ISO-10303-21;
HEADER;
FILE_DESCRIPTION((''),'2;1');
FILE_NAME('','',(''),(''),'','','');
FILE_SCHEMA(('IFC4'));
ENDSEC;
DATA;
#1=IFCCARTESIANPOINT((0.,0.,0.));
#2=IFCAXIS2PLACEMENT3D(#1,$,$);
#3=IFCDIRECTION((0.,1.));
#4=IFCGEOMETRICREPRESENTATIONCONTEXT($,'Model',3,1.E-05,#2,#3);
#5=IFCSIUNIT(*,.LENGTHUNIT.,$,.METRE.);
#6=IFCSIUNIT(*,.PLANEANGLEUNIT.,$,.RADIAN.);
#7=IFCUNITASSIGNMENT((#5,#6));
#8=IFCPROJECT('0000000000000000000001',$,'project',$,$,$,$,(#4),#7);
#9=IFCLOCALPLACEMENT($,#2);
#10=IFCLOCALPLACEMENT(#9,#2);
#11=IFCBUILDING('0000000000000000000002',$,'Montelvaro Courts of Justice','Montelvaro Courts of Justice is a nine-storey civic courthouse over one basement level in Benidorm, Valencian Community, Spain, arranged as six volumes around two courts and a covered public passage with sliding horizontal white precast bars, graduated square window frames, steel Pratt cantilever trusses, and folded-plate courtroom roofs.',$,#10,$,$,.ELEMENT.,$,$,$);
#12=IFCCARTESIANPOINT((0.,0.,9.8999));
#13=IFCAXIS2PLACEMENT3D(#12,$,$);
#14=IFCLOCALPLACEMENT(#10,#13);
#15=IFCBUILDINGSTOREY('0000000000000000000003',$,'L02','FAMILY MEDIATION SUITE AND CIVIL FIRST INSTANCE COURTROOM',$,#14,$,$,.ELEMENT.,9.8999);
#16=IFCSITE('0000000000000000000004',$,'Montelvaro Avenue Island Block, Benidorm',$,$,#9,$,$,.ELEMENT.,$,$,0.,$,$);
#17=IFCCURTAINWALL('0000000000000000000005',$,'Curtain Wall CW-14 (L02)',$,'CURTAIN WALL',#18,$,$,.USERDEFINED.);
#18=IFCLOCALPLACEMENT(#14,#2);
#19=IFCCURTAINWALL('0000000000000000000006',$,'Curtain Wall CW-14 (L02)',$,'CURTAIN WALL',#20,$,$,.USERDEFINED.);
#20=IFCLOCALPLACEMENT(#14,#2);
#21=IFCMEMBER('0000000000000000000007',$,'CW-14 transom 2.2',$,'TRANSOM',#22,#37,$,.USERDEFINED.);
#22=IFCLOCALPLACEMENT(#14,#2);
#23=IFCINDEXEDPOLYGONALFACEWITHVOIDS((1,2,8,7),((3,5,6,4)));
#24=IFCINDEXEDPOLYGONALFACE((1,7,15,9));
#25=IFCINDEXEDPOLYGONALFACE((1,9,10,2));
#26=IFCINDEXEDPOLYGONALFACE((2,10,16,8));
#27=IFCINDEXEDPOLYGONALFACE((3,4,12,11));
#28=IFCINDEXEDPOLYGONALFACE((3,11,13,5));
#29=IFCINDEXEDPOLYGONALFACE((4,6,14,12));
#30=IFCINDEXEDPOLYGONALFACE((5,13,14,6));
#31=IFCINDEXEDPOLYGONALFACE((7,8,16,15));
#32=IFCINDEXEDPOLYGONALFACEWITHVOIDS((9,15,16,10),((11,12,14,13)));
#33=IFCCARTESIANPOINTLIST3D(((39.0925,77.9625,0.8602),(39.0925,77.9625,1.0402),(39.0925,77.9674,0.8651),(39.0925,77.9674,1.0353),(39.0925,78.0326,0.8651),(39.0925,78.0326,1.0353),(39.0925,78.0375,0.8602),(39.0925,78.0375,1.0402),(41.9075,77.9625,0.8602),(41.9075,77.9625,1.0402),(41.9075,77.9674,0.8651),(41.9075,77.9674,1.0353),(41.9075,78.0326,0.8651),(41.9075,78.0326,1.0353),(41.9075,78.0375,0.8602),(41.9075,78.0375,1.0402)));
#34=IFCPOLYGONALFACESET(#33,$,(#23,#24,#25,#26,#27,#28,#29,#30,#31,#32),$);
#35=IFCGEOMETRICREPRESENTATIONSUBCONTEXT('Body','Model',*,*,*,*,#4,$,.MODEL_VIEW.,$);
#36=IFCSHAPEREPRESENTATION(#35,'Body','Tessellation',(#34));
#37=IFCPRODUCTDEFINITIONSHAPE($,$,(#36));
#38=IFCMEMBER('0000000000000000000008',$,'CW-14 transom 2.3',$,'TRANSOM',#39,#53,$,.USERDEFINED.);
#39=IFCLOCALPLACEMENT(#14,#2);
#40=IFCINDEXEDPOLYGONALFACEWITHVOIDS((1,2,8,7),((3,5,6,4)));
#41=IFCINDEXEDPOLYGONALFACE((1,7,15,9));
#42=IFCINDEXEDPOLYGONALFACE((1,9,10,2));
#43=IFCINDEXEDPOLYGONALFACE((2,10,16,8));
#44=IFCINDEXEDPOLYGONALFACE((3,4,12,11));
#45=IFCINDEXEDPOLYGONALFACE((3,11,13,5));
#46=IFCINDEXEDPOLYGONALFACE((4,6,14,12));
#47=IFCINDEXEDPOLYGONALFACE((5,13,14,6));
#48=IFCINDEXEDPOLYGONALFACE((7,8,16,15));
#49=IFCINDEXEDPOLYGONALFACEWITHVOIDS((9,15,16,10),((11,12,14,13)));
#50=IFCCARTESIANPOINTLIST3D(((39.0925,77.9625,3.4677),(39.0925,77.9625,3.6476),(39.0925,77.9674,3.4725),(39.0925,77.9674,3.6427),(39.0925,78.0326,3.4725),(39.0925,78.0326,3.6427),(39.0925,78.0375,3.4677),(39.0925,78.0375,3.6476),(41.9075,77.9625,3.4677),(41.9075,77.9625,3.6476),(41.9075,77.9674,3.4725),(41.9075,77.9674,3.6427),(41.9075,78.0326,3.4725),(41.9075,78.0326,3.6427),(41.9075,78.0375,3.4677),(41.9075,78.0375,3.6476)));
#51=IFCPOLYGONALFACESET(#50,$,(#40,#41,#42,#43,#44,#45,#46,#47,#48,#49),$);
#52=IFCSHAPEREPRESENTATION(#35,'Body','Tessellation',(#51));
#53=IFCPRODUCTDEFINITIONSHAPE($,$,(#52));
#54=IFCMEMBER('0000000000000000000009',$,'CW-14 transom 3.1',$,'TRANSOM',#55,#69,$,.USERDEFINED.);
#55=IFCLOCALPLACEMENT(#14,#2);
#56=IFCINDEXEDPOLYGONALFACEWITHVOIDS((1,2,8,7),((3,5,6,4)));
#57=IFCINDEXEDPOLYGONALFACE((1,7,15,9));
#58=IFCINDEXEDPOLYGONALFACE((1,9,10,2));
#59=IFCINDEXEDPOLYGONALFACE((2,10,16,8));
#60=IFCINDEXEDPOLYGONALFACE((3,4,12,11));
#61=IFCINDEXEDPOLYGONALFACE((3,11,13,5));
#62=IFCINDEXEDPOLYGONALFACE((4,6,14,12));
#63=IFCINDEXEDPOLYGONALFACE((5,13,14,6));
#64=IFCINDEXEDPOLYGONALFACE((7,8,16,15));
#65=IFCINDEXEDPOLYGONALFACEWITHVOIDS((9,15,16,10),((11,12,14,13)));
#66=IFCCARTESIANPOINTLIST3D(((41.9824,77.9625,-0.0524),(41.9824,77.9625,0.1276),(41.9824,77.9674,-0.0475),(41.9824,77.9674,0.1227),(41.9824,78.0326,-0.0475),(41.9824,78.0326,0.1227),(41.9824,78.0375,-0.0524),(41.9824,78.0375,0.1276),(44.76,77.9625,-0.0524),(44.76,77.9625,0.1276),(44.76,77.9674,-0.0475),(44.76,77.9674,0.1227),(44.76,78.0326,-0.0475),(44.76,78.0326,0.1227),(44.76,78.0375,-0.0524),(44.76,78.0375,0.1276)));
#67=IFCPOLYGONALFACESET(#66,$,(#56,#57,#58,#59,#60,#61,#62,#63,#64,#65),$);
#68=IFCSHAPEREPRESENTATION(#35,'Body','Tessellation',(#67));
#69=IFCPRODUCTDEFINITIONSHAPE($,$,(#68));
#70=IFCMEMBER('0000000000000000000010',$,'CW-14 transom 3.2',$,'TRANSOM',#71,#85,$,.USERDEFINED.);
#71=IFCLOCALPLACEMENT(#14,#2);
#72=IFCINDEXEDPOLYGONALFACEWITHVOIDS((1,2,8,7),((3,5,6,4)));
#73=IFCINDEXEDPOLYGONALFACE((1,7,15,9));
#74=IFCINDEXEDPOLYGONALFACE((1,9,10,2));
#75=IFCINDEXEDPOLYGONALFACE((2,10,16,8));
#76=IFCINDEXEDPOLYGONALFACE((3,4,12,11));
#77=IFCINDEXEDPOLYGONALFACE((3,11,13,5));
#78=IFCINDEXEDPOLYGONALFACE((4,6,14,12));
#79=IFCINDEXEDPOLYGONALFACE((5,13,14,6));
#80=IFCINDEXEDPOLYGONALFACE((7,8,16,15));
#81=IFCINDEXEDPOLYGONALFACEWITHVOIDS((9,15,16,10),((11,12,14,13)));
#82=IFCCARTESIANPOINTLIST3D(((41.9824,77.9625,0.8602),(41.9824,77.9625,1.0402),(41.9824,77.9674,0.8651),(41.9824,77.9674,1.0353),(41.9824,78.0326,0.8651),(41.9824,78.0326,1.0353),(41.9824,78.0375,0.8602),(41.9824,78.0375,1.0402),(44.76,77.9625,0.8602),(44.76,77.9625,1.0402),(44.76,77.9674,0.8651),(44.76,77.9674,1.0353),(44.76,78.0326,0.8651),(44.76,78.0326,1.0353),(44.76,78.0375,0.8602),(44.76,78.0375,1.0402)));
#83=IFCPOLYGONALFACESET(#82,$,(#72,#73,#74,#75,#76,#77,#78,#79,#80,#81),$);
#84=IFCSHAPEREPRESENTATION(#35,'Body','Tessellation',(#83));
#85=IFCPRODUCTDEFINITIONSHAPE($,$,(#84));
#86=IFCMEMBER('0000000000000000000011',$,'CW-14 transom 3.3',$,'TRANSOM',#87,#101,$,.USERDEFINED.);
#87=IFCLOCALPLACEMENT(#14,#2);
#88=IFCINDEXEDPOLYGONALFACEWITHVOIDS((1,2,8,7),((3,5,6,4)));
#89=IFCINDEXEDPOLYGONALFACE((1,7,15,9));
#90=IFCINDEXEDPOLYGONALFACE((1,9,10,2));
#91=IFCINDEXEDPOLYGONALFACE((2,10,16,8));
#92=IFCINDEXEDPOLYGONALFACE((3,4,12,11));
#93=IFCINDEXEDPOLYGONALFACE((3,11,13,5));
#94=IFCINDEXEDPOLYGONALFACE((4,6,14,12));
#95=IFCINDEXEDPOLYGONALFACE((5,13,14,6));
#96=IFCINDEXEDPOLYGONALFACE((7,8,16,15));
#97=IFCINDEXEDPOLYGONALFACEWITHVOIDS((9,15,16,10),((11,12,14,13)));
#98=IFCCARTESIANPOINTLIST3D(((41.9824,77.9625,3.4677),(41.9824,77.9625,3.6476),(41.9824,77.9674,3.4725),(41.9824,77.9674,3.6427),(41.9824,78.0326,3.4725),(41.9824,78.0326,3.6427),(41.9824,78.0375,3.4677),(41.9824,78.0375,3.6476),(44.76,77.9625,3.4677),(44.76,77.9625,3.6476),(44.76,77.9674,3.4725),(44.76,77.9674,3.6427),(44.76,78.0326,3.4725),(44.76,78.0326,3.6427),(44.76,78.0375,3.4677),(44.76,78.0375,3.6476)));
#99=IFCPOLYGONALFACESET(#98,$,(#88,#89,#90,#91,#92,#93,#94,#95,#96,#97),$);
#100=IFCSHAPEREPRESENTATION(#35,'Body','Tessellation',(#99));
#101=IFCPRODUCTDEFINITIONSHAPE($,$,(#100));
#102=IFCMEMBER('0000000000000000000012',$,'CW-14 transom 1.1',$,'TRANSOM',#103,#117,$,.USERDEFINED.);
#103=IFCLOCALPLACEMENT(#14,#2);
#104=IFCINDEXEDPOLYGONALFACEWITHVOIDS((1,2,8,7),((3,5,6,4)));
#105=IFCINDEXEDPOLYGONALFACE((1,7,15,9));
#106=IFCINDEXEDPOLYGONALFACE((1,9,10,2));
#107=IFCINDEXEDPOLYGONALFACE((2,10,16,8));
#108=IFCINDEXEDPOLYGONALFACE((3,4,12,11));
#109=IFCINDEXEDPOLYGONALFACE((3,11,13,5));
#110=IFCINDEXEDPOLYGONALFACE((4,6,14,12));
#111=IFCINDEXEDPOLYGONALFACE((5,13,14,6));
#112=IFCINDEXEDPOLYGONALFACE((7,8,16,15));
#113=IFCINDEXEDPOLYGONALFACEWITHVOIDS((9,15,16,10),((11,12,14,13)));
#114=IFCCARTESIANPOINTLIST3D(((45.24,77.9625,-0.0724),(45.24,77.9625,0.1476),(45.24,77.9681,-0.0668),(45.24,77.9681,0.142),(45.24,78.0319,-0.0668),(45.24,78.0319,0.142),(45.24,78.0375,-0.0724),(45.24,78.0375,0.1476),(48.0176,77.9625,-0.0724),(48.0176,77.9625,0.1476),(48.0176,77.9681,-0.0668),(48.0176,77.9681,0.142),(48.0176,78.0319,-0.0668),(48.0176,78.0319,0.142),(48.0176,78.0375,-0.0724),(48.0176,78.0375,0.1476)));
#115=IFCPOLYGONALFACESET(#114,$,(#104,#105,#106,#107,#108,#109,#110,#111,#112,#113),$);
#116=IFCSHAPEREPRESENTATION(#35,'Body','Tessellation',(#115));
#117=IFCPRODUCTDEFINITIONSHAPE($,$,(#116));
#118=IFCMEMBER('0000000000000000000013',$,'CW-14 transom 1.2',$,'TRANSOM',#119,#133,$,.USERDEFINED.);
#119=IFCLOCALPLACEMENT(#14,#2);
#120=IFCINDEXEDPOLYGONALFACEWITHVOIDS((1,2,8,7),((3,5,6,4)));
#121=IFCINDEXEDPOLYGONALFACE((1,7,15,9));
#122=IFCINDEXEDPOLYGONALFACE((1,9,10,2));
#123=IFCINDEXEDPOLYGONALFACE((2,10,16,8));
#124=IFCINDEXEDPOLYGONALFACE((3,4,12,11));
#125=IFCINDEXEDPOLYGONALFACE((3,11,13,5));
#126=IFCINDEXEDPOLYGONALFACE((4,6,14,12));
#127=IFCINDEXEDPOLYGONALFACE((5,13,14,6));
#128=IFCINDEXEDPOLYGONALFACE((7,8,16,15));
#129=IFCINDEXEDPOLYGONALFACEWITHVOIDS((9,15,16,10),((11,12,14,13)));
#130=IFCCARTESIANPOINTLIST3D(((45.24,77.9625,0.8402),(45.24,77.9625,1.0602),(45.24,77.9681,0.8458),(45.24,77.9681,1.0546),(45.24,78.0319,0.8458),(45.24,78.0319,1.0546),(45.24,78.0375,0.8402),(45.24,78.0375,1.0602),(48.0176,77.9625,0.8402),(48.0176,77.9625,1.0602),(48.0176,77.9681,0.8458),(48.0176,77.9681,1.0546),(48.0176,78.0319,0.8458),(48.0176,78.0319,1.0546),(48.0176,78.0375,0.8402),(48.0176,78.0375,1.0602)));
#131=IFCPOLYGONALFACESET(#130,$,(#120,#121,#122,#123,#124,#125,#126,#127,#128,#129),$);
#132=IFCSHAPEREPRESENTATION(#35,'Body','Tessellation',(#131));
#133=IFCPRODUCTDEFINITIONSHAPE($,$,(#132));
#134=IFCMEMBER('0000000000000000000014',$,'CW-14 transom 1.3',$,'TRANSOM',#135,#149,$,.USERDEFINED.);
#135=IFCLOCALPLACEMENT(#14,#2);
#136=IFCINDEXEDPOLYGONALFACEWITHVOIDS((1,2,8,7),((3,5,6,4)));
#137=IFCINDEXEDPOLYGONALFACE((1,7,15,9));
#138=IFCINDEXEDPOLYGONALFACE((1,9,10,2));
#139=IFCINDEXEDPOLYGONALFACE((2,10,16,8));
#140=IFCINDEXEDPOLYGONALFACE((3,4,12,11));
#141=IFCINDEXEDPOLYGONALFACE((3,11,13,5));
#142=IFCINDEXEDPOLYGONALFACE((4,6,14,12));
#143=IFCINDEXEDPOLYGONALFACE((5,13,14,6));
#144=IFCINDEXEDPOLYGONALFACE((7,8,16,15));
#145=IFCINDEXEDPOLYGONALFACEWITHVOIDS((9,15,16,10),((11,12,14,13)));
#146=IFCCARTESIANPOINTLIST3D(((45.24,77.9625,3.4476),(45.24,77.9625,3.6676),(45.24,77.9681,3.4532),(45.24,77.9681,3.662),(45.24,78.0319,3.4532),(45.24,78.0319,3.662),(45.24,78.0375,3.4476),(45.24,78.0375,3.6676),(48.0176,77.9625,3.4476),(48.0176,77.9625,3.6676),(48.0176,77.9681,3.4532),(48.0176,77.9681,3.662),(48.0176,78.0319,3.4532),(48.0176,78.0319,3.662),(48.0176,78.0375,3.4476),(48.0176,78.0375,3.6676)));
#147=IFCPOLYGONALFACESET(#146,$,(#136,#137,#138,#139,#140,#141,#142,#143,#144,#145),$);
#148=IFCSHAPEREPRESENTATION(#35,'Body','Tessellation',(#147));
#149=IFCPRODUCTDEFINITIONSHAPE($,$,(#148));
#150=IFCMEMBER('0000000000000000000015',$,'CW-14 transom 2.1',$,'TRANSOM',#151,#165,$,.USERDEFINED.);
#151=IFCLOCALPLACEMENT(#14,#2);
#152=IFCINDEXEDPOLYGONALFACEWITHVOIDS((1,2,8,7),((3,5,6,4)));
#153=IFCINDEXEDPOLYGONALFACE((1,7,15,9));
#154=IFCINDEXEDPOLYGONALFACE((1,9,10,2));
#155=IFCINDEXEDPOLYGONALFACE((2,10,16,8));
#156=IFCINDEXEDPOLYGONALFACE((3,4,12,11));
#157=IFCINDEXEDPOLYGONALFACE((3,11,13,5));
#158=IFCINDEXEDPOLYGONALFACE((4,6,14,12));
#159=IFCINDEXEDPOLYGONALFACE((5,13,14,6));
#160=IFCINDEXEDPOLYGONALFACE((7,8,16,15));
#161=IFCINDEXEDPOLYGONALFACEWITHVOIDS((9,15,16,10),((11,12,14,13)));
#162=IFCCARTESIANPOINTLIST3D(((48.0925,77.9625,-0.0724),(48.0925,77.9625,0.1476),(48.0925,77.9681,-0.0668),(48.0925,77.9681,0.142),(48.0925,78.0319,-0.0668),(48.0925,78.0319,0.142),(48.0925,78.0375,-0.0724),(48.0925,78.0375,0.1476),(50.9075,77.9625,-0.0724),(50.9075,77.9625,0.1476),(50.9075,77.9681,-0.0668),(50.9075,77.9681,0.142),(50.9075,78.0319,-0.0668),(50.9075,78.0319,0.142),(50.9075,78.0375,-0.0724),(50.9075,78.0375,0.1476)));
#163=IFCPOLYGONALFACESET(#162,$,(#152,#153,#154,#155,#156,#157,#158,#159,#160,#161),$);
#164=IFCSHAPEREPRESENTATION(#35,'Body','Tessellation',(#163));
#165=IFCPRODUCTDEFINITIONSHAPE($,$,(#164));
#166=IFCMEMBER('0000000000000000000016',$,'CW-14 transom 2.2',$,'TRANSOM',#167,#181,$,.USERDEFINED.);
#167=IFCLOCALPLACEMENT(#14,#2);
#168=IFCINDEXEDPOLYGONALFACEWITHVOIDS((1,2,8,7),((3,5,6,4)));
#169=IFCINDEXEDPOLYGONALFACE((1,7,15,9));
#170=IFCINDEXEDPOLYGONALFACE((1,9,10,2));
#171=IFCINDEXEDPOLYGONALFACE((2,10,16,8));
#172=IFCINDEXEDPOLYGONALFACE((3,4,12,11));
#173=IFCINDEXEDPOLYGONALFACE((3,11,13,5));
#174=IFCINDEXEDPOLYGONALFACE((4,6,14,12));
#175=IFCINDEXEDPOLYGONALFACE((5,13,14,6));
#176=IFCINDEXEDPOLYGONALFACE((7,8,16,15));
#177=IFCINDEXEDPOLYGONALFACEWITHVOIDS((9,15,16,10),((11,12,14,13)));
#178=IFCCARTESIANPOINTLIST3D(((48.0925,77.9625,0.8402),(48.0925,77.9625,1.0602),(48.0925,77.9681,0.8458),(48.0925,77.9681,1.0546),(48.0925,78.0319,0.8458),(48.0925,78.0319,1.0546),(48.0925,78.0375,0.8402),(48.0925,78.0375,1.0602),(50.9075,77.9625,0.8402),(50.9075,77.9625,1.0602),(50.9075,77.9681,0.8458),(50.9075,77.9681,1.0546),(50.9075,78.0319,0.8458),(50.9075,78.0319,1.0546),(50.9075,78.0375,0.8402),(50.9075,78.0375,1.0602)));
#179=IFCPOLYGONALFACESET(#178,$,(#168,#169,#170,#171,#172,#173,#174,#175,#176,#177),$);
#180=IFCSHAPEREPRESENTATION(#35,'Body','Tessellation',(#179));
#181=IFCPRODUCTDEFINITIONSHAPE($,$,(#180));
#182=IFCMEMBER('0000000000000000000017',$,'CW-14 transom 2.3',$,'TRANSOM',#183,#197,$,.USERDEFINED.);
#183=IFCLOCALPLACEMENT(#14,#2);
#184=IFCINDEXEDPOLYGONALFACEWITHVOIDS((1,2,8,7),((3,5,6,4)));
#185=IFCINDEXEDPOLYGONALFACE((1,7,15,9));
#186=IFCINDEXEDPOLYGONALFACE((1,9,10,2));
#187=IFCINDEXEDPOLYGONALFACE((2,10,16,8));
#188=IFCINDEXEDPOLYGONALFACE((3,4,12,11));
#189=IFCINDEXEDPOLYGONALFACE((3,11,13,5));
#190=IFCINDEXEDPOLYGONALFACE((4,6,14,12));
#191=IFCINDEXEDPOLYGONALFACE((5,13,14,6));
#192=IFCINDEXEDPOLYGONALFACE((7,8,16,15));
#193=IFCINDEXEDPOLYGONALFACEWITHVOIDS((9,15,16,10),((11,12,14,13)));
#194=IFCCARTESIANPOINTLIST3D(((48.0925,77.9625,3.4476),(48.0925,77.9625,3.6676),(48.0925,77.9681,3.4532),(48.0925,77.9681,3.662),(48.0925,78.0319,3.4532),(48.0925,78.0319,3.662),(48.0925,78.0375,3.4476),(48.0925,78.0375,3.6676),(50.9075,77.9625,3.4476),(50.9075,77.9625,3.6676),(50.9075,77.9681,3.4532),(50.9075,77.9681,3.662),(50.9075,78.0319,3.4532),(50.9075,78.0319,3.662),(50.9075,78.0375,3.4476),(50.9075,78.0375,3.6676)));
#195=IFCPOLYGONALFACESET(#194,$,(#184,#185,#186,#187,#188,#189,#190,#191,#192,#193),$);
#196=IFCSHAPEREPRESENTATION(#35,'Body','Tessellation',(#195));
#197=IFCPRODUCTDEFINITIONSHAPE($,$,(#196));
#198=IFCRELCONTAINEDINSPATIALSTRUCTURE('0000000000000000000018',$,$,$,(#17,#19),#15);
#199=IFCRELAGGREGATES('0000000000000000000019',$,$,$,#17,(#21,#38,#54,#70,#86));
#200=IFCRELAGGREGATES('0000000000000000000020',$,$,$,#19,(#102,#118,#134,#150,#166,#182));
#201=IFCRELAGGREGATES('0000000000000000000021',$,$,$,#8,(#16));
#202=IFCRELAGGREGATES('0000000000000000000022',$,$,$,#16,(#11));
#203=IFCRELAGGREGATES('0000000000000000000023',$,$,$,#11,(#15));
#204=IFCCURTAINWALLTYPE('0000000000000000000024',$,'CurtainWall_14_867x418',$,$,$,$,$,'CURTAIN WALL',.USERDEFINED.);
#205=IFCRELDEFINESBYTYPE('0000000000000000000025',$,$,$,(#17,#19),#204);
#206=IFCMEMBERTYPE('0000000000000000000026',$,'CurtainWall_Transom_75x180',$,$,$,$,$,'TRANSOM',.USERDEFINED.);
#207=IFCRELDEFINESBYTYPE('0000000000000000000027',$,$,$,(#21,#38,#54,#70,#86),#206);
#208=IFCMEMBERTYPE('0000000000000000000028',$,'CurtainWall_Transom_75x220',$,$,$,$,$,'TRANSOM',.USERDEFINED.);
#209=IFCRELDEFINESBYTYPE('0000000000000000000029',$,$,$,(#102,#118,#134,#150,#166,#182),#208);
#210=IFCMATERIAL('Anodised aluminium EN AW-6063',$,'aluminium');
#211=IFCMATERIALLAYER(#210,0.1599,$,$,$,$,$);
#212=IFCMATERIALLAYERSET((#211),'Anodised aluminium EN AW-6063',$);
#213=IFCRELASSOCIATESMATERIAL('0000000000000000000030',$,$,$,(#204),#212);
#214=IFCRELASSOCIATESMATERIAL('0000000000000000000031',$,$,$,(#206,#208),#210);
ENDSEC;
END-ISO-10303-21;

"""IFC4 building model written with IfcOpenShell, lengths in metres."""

from ifc_helpers import new_model, si_unit, direction, frame, origin, origin_2d, place, context, subcontext, project, spatial, hollow_rectangle, extrude, material, layer, layer_set, material_profile, profile_set, type_object, element, aggregate, save


model = new_model("IFC4")

# Units and contexts
model_context = context("Model", 3, precision=1e-05, world=origin(), true_north=direction((0.0, 1.0)))
body_context = subcontext(model_context, "Body", "Model", "MODEL_VIEW")
ifc_project = project(units=[si_unit("LENGTHUNIT", "METRE"), si_unit("PLANEANGLEUNIT", "RADIAN")], contexts=[model_context])

# Site, building, storey
site_placement = place(None, origin())
site = spatial("IfcSite", under=ifc_project, at=site_placement, Name="Montelvaro Avenue Island Block, Benidorm", CompositionType="ELEMENT", RefElevation=0.0)
building_placement = place(site_placement, origin())
building = spatial("IfcBuilding", under=site, at=building_placement, Name="Montelvaro Courts of Justice", Description="Montelvaro Courts of Justice is a nine-storey civic courthouse over one basement level in Benidorm, Valencian Community, Spain, arranged as six volumes around two courts and a covered public passage with sliding horizontal white precast bars, graduated square window frames, steel Pratt cantilever trusses, and folded-plate courtroom roofs.", CompositionType="ELEMENT")
storey_placement = place(building_placement, frame((0.0, 0.0, 9.8999)))
storey = spatial("IfcBuildingStorey", under=building, at=storey_placement, Name="L02", Description="FAMILY MEDIATION SUITE AND CIVIL FIRST INSTANCE COURTROOM", CompositionType="ELEMENT", Elevation=9.8999)

# Curtain walls
ifc_material_1 = material(Name="Anodised aluminium EN AW-6063", Category="aluminium")
ifc_layer_1 = layer(ifc_material_1, 0.1599)
ifc_layer_set_1 = layer_set([ifc_layer_1], Name="Anodised aluminium EN AW-6063")
curtain_wall_type = type_object("IfcCurtainWallType", Name="CurtainWall_14_867x418", ElementType="CURTAIN WALL", PredefinedType="USERDEFINED", material=ifc_layer_set_1)
curtain_wall_1_placement = place(storey_placement, origin())
curtain_wall_1 = element("IfcCurtainWall", 1, at=curtain_wall_1_placement, inside=storey, type_object=curtain_wall_type, Name="Curtain Wall CW-14 (L02)", ObjectType="CURTAIN WALL", PredefinedType="USERDEFINED")
curtain_wall_2_placement = place(storey_placement, origin())
curtain_wall_2 = element("IfcCurtainWall", 2, at=curtain_wall_2_placement, inside=storey, type_object=curtain_wall_type, Name="Curtain Wall CW-14 (L02)", ObjectType="CURTAIN WALL", PredefinedType="USERDEFINED")

# Members
ifc_material_profile_1 = material_profile(ifc_material_1, hollow_rectangle(XDim=0.075, YDim=0.1799, WallThickness=0.0049, at=origin_2d()), Name="ALU-T 75x180")
ifc_profile_set_1 = profile_set([ifc_material_profile_1], Name="Anodised aluminium EN AW-6063")
member_type_1 = type_object("IfcMemberType", Name="CurtainWall_Transom_75x180", ElementType="TRANSOM", PredefinedType="USERDEFINED", material=ifc_profile_set_1)
member_1_placement = place(storey_placement, frame((39.0925, 78.0, 0.9502), z_axis=(1.0, 0.0, 0.0), x_axis=(0.0, 1.0, 0.0)))
member_1 = element("IfcMember", 3, at=member_1_placement, type_object=member_type_1, Name="CW-14 transom 2.2", ObjectType="TRANSOM", PredefinedType="USERDEFINED", context=body_context, shape_type="SweptSolid", body=[
    extrude(hollow_rectangle(XDim=0.075, YDim=0.1799, WallThickness=0.0049, at=origin_2d()), origin(), (0.0, 0.0, 1.0), 2.8149),
])
member_2_placement = place(storey_placement, frame((39.0925, 78.0, 3.5576), z_axis=(1.0, 0.0, 0.0), x_axis=(0.0, 1.0, 0.0)))
member_2 = element("IfcMember", 4, at=member_2_placement, type_object=member_type_1, Name="CW-14 transom 2.3", ObjectType="TRANSOM", PredefinedType="USERDEFINED", context=body_context, shape_type="SweptSolid", body=[
    extrude(hollow_rectangle(XDim=0.075, YDim=0.1799, WallThickness=0.0049, at=origin_2d()), origin(), (0.0, 0.0, 1.0), 2.8149),
])
member_3_placement = place(storey_placement, frame((41.9824, 78.0, 0.0376), z_axis=(1.0, 0.0, 0.0), x_axis=(0.0, 1.0, 0.0)))
member_3 = element("IfcMember", 5, at=member_3_placement, type_object=member_type_1, Name="CW-14 transom 3.1", ObjectType="TRANSOM", PredefinedType="USERDEFINED", context=body_context, shape_type="SweptSolid", body=[
    extrude(hollow_rectangle(XDim=0.075, YDim=0.1799, WallThickness=0.0049, at=origin_2d()), origin(), (0.0, 0.0, 1.0), 2.7776),
])
member_4_placement = place(storey_placement, frame((41.9824, 78.0, 0.9502), z_axis=(1.0, 0.0, 0.0), x_axis=(0.0, 1.0, 0.0)))
member_4 = element("IfcMember", 6, at=member_4_placement, type_object=member_type_1, Name="CW-14 transom 3.2", ObjectType="TRANSOM", PredefinedType="USERDEFINED", context=body_context, shape_type="SweptSolid", body=[
    extrude(hollow_rectangle(XDim=0.075, YDim=0.1799, WallThickness=0.0049, at=origin_2d()), origin(), (0.0, 0.0, 1.0), 2.7776),
])
member_5_placement = place(storey_placement, frame((41.9824, 78.0, 3.5576), z_axis=(1.0, 0.0, 0.0), x_axis=(0.0, 1.0, 0.0)))
member_5 = element("IfcMember", 7, at=member_5_placement, type_object=member_type_1, Name="CW-14 transom 3.3", ObjectType="TRANSOM", PredefinedType="USERDEFINED", context=body_context, shape_type="SweptSolid", body=[
    extrude(hollow_rectangle(XDim=0.075, YDim=0.1799, WallThickness=0.0049, at=origin_2d()), origin(), (0.0, 0.0, 1.0), 2.7776),
])
ifc_material_profile_2 = material_profile(ifc_material_1, hollow_rectangle(XDim=0.075, YDim=0.22, WallThickness=0.0056, at=origin_2d()), Name="ALU-T 75x220")
ifc_profile_set_2 = profile_set([ifc_material_profile_2], Name="Anodised aluminium EN AW-6063")
member_type_2 = type_object("IfcMemberType", Name="CurtainWall_Transom_75x220", ElementType="TRANSOM", PredefinedType="USERDEFINED", material=ifc_profile_set_2)
member_6_placement = place(storey_placement, frame((45.24, 78.0, 0.0376), z_axis=(1.0, 0.0, 0.0), x_axis=(0.0, 1.0, 0.0)))
member_6 = element("IfcMember", 8, at=member_6_placement, type_object=member_type_2, Name="CW-14 transom 1.1", ObjectType="TRANSOM", PredefinedType="USERDEFINED", context=body_context, shape_type="SweptSolid", body=[
    extrude(hollow_rectangle(XDim=0.075, YDim=0.22, WallThickness=0.0056, at=origin_2d()), origin(), (0.0, 0.0, 1.0), 2.7776),
])
member_7_placement = place(storey_placement, frame((45.24, 78.0, 0.9502), z_axis=(1.0, 0.0, 0.0), x_axis=(0.0, 1.0, 0.0)))
member_7 = element("IfcMember", 9, at=member_7_placement, type_object=member_type_2, Name="CW-14 transom 1.2", ObjectType="TRANSOM", PredefinedType="USERDEFINED", context=body_context, shape_type="SweptSolid", body=[
    extrude(hollow_rectangle(XDim=0.075, YDim=0.22, WallThickness=0.0056, at=origin_2d()), origin(), (0.0, 0.0, 1.0), 2.7776),
])
member_8_placement = place(storey_placement, frame((45.24, 78.0, 3.5576), z_axis=(1.0, 0.0, 0.0), x_axis=(0.0, 1.0, 0.0)))
member_8 = element("IfcMember", 10, at=member_8_placement, type_object=member_type_2, Name="CW-14 transom 1.3", ObjectType="TRANSOM", PredefinedType="USERDEFINED", context=body_context, shape_type="SweptSolid", body=[
    extrude(hollow_rectangle(XDim=0.075, YDim=0.22, WallThickness=0.0056, at=origin_2d()), origin(), (0.0, 0.0, 1.0), 2.7776),
])
member_9_placement = place(storey_placement, frame((48.0925, 78.0, 0.0376), z_axis=(1.0, 0.0, 0.0), x_axis=(0.0, 1.0, 0.0)))
member_9 = element("IfcMember", 11, at=member_9_placement, type_object=member_type_2, Name="CW-14 transom 2.1", ObjectType="TRANSOM", PredefinedType="USERDEFINED", context=body_context, shape_type="SweptSolid", body=[
    extrude(hollow_rectangle(XDim=0.075, YDim=0.22, WallThickness=0.0056, at=origin_2d()), origin(), (0.0, 0.0, 1.0), 2.8149),
])
member_10_placement = place(storey_placement, frame((48.0925, 78.0, 0.9502), z_axis=(1.0, 0.0, 0.0), x_axis=(0.0, 1.0, 0.0)))
member_10 = element("IfcMember", 12, at=member_10_placement, type_object=member_type_2, Name="CW-14 transom 2.2", ObjectType="TRANSOM", PredefinedType="USERDEFINED", context=body_context, shape_type="SweptSolid", body=[
    extrude(hollow_rectangle(XDim=0.075, YDim=0.22, WallThickness=0.0056, at=origin_2d()), origin(), (0.0, 0.0, 1.0), 2.8149),
])
member_11_placement = place(storey_placement, frame((48.0925, 78.0, 3.5576), z_axis=(1.0, 0.0, 0.0), x_axis=(0.0, 1.0, 0.0)))
member_11 = element("IfcMember", 13, at=member_11_placement, type_object=member_type_2, Name="CW-14 transom 2.3", ObjectType="TRANSOM", PredefinedType="USERDEFINED", context=body_context, shape_type="SweptSolid", body=[
    extrude(hollow_rectangle(XDim=0.075, YDim=0.22, WallThickness=0.0056, at=origin_2d()), origin(), (0.0, 0.0, 1.0), 2.8149),
])

aggregate(curtain_wall_1, [member_1, member_2, member_3, member_4, member_5])
aggregate(curtain_wall_2, [member_6, member_7, member_8, member_9, member_10, member_11])

save(model, "model.ifc")
